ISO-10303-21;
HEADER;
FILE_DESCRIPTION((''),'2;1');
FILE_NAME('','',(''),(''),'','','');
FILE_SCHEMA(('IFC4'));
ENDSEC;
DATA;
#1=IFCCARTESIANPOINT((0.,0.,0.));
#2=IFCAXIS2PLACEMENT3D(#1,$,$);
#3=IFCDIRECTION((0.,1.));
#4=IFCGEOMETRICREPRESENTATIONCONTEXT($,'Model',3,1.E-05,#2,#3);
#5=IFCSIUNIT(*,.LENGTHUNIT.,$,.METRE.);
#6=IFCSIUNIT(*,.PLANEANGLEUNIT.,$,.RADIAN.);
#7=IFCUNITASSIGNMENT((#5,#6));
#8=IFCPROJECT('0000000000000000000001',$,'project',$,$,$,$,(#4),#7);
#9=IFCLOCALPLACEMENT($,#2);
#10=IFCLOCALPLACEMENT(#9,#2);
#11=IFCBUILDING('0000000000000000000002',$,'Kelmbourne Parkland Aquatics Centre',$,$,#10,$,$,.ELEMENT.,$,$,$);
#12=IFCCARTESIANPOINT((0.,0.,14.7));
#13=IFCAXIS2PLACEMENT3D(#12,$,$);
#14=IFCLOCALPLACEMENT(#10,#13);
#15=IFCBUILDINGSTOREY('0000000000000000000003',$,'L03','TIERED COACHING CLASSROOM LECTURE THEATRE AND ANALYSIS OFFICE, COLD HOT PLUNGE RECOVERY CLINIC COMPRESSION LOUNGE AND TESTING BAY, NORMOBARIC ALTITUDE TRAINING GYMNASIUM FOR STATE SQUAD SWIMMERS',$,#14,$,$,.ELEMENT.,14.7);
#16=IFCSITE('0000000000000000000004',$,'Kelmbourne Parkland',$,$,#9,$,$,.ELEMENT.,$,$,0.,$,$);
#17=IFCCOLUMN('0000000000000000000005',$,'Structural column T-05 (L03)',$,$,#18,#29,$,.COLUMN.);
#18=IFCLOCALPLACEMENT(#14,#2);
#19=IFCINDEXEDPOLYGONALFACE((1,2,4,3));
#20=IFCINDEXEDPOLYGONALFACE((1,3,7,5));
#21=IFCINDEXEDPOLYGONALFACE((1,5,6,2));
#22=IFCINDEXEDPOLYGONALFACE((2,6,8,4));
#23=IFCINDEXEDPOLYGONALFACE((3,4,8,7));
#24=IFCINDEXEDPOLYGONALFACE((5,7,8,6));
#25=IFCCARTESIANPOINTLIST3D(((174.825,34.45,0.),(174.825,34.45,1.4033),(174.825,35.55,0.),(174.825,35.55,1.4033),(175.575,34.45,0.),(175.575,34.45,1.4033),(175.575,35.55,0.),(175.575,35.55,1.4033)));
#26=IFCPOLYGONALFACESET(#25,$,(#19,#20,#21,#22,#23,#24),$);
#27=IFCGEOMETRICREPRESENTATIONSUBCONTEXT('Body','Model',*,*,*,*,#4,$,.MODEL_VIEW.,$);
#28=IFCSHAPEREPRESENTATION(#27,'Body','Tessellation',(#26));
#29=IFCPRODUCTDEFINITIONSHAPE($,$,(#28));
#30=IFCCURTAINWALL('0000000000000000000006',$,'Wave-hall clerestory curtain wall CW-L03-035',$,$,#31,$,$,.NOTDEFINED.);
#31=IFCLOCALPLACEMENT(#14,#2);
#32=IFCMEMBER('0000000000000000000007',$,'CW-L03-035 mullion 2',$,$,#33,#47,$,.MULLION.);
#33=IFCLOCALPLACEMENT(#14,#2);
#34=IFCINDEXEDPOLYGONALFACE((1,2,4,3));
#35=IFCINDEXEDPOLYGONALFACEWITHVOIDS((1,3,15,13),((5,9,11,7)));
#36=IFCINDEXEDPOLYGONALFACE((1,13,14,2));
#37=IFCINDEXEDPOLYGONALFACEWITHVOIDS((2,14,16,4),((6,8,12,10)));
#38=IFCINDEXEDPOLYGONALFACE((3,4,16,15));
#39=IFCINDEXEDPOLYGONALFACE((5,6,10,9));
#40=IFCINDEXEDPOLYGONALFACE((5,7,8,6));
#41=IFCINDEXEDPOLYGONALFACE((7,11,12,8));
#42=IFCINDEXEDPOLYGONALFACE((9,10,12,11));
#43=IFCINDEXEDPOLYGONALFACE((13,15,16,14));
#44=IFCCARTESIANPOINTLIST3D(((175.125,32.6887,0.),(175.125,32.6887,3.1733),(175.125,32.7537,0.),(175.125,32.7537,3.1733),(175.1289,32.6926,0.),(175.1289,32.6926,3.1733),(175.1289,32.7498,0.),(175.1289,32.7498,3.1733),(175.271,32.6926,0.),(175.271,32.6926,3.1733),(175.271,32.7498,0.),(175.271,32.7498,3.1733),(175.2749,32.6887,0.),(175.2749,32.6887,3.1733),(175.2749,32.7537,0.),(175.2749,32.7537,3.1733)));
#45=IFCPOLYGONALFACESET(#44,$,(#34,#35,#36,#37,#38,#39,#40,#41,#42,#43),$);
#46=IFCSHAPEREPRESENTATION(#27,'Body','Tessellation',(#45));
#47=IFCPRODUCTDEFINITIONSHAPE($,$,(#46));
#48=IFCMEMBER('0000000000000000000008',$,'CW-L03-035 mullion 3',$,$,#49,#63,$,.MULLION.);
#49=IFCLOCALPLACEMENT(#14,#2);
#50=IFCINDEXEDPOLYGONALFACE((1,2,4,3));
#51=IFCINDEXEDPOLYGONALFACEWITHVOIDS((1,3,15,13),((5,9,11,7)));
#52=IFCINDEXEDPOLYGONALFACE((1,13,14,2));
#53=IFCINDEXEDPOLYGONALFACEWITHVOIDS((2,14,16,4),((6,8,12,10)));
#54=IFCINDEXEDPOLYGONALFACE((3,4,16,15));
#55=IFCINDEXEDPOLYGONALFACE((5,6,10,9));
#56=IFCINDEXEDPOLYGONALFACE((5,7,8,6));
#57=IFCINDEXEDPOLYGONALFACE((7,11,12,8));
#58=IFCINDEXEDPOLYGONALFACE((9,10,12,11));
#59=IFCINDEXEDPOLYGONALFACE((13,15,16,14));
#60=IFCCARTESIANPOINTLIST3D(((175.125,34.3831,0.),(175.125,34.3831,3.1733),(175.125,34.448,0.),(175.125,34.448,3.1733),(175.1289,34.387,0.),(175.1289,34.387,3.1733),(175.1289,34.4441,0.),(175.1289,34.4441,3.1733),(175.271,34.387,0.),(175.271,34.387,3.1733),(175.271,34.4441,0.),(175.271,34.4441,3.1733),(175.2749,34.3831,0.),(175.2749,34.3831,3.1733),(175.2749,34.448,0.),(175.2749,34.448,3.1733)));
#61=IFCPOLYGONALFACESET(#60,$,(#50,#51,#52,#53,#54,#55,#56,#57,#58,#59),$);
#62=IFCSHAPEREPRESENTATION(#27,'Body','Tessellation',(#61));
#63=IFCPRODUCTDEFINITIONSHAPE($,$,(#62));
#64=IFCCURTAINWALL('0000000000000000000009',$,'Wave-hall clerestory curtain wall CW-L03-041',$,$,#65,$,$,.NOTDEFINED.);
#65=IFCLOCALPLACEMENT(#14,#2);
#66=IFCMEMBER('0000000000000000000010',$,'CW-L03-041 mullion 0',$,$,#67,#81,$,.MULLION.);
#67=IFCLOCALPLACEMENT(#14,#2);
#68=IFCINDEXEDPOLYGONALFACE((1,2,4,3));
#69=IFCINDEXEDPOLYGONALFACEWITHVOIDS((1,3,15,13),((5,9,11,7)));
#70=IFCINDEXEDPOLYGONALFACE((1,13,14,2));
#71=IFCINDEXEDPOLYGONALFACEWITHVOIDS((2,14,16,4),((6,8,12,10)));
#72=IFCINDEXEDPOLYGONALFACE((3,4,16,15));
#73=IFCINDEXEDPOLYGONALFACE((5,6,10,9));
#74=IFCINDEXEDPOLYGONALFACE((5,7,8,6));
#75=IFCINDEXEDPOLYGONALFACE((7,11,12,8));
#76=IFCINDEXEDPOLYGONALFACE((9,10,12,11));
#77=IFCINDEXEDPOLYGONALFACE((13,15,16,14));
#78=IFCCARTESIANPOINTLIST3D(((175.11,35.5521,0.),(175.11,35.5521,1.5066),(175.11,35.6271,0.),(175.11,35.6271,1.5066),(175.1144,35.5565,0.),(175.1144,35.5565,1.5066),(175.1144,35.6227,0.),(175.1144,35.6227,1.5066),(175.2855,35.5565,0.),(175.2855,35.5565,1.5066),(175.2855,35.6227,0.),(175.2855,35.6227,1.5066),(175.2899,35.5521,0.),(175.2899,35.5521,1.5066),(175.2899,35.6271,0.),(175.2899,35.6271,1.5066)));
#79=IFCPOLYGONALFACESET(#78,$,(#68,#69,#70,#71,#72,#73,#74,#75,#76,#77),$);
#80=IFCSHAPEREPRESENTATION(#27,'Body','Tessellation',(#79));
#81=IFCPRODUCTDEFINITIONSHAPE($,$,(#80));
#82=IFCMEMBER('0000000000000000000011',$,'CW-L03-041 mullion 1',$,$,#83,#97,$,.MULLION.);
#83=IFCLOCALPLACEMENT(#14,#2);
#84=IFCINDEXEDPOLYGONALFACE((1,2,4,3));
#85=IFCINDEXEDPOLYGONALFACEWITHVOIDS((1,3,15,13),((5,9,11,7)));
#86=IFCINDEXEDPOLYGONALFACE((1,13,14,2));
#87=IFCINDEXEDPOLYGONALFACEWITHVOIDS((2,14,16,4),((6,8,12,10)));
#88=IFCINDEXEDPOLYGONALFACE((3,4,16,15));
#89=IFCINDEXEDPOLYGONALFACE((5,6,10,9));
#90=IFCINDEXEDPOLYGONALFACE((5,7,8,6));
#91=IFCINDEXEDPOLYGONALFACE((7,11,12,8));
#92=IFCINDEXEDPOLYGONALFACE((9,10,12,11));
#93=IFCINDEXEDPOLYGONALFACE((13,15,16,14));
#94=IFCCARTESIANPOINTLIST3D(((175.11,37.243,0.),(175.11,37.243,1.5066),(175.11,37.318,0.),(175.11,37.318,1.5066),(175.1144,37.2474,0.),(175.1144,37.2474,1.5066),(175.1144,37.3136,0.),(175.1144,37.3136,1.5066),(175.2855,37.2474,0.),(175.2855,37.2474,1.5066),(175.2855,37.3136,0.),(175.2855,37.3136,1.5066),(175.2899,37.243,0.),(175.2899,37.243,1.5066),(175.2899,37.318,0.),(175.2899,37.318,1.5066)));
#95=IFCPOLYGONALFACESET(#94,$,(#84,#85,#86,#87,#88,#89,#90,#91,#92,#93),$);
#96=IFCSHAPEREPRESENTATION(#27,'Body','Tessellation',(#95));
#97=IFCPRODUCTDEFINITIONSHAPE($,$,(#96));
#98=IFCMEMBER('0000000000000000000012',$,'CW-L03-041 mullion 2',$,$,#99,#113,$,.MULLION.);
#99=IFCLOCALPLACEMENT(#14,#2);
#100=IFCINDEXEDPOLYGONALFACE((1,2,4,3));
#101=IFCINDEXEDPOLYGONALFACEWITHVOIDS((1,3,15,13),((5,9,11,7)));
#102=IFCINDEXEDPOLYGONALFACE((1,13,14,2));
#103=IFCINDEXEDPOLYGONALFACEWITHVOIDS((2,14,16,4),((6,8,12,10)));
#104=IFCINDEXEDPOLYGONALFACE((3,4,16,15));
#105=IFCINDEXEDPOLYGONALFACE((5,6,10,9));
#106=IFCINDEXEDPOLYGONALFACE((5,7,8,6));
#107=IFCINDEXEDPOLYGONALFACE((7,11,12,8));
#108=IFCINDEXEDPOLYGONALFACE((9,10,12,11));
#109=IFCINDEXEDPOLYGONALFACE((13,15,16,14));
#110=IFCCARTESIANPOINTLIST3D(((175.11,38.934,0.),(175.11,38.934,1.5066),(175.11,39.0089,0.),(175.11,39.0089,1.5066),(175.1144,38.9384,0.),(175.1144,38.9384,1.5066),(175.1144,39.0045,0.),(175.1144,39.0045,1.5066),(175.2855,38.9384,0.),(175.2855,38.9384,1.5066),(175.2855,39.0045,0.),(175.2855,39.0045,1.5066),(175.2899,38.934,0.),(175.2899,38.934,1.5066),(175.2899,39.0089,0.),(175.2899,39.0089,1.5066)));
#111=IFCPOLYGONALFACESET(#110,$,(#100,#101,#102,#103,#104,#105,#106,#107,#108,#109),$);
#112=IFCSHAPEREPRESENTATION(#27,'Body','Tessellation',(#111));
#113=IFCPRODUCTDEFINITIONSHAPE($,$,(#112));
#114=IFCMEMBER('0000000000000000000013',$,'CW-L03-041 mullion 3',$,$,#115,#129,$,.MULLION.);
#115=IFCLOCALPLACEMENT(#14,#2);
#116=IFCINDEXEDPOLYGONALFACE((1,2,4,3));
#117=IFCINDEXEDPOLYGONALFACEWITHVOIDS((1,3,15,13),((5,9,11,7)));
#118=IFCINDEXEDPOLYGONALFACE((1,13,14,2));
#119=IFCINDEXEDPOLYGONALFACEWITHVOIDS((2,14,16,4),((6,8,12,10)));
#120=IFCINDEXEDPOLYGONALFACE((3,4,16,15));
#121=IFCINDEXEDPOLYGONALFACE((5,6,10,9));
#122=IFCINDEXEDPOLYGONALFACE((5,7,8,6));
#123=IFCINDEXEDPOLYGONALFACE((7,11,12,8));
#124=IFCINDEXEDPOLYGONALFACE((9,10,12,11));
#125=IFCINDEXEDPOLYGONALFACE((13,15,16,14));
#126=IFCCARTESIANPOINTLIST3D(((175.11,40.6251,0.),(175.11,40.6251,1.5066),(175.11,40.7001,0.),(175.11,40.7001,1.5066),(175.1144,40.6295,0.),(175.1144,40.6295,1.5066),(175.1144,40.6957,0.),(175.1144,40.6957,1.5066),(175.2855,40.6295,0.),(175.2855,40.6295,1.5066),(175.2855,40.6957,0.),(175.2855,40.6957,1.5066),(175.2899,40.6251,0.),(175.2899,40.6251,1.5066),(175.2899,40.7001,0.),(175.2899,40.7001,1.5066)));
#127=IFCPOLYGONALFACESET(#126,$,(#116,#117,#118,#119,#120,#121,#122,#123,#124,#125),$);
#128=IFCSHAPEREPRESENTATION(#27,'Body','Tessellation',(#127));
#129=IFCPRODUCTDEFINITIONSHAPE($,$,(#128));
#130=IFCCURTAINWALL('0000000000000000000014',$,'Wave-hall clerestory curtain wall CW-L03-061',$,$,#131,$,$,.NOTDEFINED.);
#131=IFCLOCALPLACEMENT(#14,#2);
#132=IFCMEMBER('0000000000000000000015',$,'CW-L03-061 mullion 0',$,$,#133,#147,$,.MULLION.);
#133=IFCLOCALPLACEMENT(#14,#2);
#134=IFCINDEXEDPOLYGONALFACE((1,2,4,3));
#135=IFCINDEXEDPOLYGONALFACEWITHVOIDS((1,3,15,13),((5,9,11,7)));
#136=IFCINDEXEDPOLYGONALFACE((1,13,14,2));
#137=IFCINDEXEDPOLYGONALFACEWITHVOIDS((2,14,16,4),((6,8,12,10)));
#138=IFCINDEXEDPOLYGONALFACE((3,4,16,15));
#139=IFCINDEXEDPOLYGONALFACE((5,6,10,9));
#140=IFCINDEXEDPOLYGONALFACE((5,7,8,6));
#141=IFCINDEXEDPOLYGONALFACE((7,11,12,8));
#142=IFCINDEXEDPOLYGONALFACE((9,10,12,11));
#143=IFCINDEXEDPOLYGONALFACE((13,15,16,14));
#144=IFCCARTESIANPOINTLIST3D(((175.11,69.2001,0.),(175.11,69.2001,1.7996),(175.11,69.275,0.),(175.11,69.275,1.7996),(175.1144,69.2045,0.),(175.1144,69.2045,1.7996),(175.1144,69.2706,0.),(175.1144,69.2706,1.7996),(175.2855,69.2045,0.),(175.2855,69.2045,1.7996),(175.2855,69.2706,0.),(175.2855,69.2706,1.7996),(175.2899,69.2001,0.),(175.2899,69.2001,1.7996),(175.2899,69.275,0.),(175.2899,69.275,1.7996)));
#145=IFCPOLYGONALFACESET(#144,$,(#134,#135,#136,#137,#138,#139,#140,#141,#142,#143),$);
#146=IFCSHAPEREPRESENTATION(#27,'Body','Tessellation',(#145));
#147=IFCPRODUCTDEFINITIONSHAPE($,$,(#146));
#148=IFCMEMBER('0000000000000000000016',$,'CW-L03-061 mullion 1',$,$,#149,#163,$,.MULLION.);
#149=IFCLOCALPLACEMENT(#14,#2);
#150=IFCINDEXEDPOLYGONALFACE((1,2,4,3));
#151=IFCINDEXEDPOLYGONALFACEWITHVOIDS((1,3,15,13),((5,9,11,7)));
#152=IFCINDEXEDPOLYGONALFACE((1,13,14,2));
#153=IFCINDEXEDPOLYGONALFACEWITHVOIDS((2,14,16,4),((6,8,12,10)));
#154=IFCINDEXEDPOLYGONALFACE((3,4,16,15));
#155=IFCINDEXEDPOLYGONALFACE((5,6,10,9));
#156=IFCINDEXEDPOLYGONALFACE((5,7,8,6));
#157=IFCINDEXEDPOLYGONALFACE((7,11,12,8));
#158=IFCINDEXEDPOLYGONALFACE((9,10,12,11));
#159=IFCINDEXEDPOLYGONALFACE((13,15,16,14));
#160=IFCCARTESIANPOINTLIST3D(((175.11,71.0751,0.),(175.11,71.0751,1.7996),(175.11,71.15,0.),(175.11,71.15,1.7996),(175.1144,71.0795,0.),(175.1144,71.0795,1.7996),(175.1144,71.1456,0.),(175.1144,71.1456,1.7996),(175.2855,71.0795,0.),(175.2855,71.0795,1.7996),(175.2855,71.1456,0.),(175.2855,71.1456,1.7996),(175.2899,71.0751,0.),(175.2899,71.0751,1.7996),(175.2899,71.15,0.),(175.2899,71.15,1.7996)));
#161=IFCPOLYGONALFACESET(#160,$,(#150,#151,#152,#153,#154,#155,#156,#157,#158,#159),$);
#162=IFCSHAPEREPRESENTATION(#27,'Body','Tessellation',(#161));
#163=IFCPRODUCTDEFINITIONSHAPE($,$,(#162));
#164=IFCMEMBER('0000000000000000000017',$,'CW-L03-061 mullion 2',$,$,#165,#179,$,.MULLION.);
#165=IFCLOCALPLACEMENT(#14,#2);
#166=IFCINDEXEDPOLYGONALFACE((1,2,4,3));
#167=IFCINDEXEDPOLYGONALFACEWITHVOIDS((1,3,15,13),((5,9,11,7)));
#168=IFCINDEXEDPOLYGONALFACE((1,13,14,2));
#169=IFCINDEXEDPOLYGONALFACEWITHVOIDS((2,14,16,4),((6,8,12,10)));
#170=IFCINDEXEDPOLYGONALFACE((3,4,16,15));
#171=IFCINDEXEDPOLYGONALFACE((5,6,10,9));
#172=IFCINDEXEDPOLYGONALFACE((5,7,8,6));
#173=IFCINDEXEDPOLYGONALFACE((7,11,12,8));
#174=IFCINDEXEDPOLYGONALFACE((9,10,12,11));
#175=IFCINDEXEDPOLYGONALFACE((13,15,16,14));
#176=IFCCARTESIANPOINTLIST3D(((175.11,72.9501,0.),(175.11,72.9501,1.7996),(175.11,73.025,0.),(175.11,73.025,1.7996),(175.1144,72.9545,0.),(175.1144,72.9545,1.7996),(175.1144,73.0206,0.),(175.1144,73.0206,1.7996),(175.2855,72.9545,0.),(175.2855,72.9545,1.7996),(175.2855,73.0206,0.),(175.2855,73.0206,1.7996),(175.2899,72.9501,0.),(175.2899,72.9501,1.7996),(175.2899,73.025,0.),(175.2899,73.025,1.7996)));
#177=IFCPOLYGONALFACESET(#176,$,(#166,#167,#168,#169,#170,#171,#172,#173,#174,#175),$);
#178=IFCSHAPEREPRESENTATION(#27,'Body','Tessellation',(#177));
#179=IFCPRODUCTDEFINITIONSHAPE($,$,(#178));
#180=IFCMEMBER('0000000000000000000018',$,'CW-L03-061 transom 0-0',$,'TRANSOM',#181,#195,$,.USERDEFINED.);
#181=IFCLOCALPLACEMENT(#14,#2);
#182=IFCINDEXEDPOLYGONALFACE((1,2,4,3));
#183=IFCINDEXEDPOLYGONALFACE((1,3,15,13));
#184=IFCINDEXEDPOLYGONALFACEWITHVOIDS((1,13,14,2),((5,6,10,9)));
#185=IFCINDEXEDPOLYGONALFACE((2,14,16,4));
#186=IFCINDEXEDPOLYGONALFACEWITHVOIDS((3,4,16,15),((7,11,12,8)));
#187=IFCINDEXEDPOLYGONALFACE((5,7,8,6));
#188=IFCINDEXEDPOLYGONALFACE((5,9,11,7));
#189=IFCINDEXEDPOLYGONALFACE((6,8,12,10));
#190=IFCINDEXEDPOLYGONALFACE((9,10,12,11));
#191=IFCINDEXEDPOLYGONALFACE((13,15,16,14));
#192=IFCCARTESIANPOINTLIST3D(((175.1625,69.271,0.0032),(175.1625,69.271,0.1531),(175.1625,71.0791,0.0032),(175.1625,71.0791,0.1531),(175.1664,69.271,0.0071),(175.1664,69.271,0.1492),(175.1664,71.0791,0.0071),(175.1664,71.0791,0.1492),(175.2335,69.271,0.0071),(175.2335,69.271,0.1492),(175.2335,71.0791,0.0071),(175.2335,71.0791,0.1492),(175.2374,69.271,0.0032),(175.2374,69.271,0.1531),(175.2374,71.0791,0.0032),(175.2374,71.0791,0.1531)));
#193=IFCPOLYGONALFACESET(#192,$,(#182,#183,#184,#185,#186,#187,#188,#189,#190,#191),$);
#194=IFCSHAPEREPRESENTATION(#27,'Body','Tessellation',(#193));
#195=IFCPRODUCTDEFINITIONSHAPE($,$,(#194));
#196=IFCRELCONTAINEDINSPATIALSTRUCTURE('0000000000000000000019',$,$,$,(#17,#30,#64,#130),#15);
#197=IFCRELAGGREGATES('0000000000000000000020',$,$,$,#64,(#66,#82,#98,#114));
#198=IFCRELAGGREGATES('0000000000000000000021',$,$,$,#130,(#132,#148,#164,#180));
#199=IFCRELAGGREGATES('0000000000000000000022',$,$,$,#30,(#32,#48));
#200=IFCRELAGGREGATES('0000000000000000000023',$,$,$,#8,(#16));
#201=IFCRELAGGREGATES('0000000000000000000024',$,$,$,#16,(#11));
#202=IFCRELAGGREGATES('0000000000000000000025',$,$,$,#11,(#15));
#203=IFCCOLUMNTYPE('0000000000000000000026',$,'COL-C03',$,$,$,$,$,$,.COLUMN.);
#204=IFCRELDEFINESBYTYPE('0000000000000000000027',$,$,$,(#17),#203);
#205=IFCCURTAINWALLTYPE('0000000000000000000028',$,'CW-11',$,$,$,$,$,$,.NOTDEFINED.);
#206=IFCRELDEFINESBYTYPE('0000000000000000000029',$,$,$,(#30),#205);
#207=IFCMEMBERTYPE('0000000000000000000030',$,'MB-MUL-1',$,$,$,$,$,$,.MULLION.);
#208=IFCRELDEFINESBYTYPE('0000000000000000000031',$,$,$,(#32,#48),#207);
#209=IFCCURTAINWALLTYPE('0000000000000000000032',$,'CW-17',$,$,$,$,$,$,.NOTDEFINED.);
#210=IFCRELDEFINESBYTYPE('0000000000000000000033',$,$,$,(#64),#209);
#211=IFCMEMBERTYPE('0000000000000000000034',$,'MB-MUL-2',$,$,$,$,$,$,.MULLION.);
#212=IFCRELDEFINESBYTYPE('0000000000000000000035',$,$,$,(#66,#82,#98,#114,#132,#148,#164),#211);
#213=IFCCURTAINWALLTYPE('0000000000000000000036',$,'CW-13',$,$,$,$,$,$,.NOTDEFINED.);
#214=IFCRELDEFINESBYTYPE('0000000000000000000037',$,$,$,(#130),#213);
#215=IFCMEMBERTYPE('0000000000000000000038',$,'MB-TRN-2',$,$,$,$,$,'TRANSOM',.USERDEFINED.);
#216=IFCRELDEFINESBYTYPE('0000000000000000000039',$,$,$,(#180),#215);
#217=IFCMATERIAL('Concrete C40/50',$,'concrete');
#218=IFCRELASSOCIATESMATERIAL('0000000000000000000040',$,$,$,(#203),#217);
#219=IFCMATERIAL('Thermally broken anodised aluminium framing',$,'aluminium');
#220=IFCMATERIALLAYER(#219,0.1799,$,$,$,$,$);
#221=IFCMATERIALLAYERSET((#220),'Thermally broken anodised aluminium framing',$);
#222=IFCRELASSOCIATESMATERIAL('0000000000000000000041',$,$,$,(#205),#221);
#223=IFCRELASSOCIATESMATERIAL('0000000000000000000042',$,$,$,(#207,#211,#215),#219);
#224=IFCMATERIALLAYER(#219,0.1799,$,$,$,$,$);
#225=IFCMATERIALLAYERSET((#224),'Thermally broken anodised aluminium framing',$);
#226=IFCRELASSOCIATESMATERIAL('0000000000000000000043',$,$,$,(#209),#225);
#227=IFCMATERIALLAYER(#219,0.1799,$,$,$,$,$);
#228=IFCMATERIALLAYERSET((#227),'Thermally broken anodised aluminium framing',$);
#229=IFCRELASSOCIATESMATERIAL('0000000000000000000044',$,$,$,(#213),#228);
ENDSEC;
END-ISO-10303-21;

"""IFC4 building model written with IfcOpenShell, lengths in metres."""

from ifc_helpers import new_model, si_unit, direction, frame, origin, origin_2d, place, context, subcontext, project, spatial, rectangle, hollow_rectangle, extrude, material, layer, layer_set, material_profile, profile_set, type_object, element, aggregate, save


model = new_model("IFC4")

# Units and contexts
model_context = context("Model", 3, precision=1e-05, world=origin(), true_north=direction((0.0, 1.0)))
body_context = subcontext(model_context, "Body", "Model", "MODEL_VIEW")
ifc_project = project(units=[si_unit("LENGTHUNIT", "METRE"), si_unit("PLANEANGLEUNIT", "RADIAN")], contexts=[model_context])

# Site, building, storey
site_placement = place(None, origin())
site = spatial("IfcSite", under=ifc_project, at=site_placement, Name="Kelmbourne Parkland", CompositionType="ELEMENT", RefElevation=0.0)
building_placement = place(site_placement, origin())
building = spatial("IfcBuilding", under=site, at=building_placement, Name="Kelmbourne Parkland Aquatics Centre", CompositionType="ELEMENT")
storey_placement = place(building_placement, frame((0.0, 0.0, 14.7)))
storey = spatial("IfcBuildingStorey", under=building, at=storey_placement, Name="L03", Description="TIERED COACHING CLASSROOM LECTURE THEATRE AND ANALYSIS OFFICE, COLD HOT PLUNGE RECOVERY CLINIC COMPRESSION LOUNGE AND TESTING BAY, NORMOBARIC ALTITUDE TRAINING GYMNASIUM FOR STATE SQUAD SWIMMERS", CompositionType="ELEMENT", Elevation=14.7)

# Column
ifc_material_1 = material(Name="Concrete C40/50", Category="concrete")
ifc_material_profile_1 = material_profile(ifc_material_1, rectangle(XDim=0.75, YDim=1.1001, at=origin_2d()), Name="RC 750x1100")
ifc_profile_set_1 = profile_set([ifc_material_profile_1], Name="Concrete C40/50")
column_type = type_object("IfcColumnType", Name="COL-C03", PredefinedType="COLUMN", material=ifc_profile_set_1)
column_placement = place(storey_placement, frame((175.2, 35.0, 0.0), z_axis=(0.0, 0.0, 1.0), x_axis=(1.0, 0.0, 0.0)))
element("IfcColumn", 1, at=column_placement, inside=storey, type_object=column_type, Name="Structural column T-05 (L03)", PredefinedType="COLUMN", context=body_context, shape_type="SweptSolid", body=[
    extrude(rectangle(XDim=0.75, YDim=1.1001, at=origin_2d()), origin(), (0.0, 0.0, 1.0), 1.4033),
])

# Curtain walls, members
ifc_material_2 = material(Name="Thermally broken anodised aluminium framing", Category="aluminium")
ifc_layer_1 = layer(ifc_material_2, 0.1799)
ifc_layer_set_1 = layer_set([ifc_layer_1], Name="Thermally broken anodised aluminium framing")
curtain_wall_type_1 = type_object("IfcCurtainWallType", Name="CW-11", PredefinedType="NOTDEFINED", material=ifc_layer_set_1)
curtain_wall_1_placement = place(storey_placement, origin())
curtain_wall_1 = element("IfcCurtainWall", 2, at=curtain_wall_1_placement, inside=storey, type_object=curtain_wall_type_1, Name="Wave-hall clerestory curtain wall CW-L03-035", PredefinedType="NOTDEFINED")
ifc_material_profile_2 = material_profile(ifc_material_2, hollow_rectangle(XDim=0.0649, YDim=0.1499, WallThickness=0.0039, at=origin_2d()), Name="CW-M 65x150")
ifc_profile_set_2 = profile_set([ifc_material_profile_2], Name="Thermally broken anodised aluminium framing")
member_type_1 = type_object("IfcMemberType", Name="MB-MUL-1", PredefinedType="MULLION", material=ifc_profile_set_2)
member_1_placement = place(storey_placement, frame((175.2, 32.7212, 0.0), z_axis=(0.0, 0.0, 1.0), x_axis=(0.0, 1.0, 0.0)))
member_1 = element("IfcMember", 3, at=member_1_placement, type_object=member_type_1, Name="CW-L03-035 mullion 2", PredefinedType="MULLION", context=body_context, shape_type="SweptSolid", body=[
    extrude(hollow_rectangle(XDim=0.0649, YDim=0.1499, WallThickness=0.0039, at=origin_2d()), origin(), (0.0, 0.0, 1.0), 3.1733),
])
member_2_placement = place(storey_placement, frame((175.2, 34.4155, 0.0), z_axis=(0.0, 0.0, 1.0), x_axis=(0.0, 1.0, 0.0)))
member_2 = element("IfcMember", 4, at=member_2_placement, type_object=member_type_1, Name="CW-L03-035 mullion 3", PredefinedType="MULLION", context=body_context, shape_type="SweptSolid", body=[
    extrude(hollow_rectangle(XDim=0.0649, YDim=0.1499, WallThickness=0.0039, at=origin_2d()), origin(), (0.0, 0.0, 1.0), 3.1733),
])
ifc_layer_2 = layer(ifc_material_2, 0.1799)
ifc_layer_set_2 = layer_set([ifc_layer_2], Name="Thermally broken anodised aluminium framing")
curtain_wall_type_2 = type_object("IfcCurtainWallType", Name="CW-17", PredefinedType="NOTDEFINED", material=ifc_layer_set_2)
curtain_wall_2_placement = place(storey_placement, origin())
curtain_wall_2 = element("IfcCurtainWall", 5, at=curtain_wall_2_placement, inside=storey, type_object=curtain_wall_type_2, Name="Wave-hall clerestory curtain wall CW-L03-041", PredefinedType="NOTDEFINED")
ifc_material_profile_3 = material_profile(ifc_material_2, hollow_rectangle(XDim=0.075, YDim=0.1799, WallThickness=0.0044, at=origin_2d()), Name="CW-M 75x180")
ifc_profile_set_3 = profile_set([ifc_material_profile_3], Name="Thermally broken anodised aluminium framing")
member_type_2 = type_object("IfcMemberType", Name="MB-MUL-2", PredefinedType="MULLION", material=ifc_profile_set_3)
member_3_placement = place(storey_placement, frame((175.2, 35.5896, 0.0), z_axis=(0.0, 0.0, 1.0), x_axis=(0.0, 1.0, 0.0)))
member_3 = element("IfcMember", 6, at=member_3_placement, type_object=member_type_2, Name="CW-L03-041 mullion 0", PredefinedType="MULLION", context=body_context, shape_type="SweptSolid", body=[
    extrude(hollow_rectangle(XDim=0.075, YDim=0.1799, WallThickness=0.0044, at=origin_2d()), origin(), (0.0, 0.0, 1.0), 1.5066),
])
member_4_placement = place(storey_placement, frame((175.2, 37.2805, 0.0), z_axis=(0.0, 0.0, 1.0), x_axis=(0.0, 1.0, 0.0)))
member_4 = element("IfcMember", 7, at=member_4_placement, type_object=member_type_2, Name="CW-L03-041 mullion 1", PredefinedType="MULLION", context=body_context, shape_type="SweptSolid", body=[
    extrude(hollow_rectangle(XDim=0.075, YDim=0.1799, WallThickness=0.0044, at=origin_2d()), origin(), (0.0, 0.0, 1.0), 1.5066),
])
member_5_placement = place(storey_placement, frame((175.2, 38.9714, 0.0), z_axis=(0.0, 0.0, 1.0), x_axis=(0.0, 1.0, 0.0)))
member_5 = element("IfcMember", 8, at=member_5_placement, type_object=member_type_2, Name="CW-L03-041 mullion 2", PredefinedType="MULLION", context=body_context, shape_type="SweptSolid", body=[
    extrude(hollow_rectangle(XDim=0.075, YDim=0.1799, WallThickness=0.0044, at=origin_2d()), origin(), (0.0, 0.0, 1.0), 1.5066),
])
member_6_placement = place(storey_placement, frame((175.2, 40.6626, 0.0), z_axis=(0.0, 0.0, 1.0), x_axis=(0.0, 1.0, 0.0)))
member_6 = element("IfcMember", 9, at=member_6_placement, type_object=member_type_2, Name="CW-L03-041 mullion 3", PredefinedType="MULLION", context=body_context, shape_type="SweptSolid", body=[
    extrude(hollow_rectangle(XDim=0.075, YDim=0.1799, WallThickness=0.0044, at=origin_2d()), origin(), (0.0, 0.0, 1.0), 1.5066),
])
ifc_layer_3 = layer(ifc_material_2, 0.1799)
ifc_layer_set_3 = layer_set([ifc_layer_3], Name="Thermally broken anodised aluminium framing")
curtain_wall_type_3 = type_object("IfcCurtainWallType", Name="CW-13", PredefinedType="NOTDEFINED", material=ifc_layer_set_3)
curtain_wall_3_placement = place(storey_placement, origin())
curtain_wall_3 = element("IfcCurtainWall", 10, at=curtain_wall_3_placement, inside=storey, type_object=curtain_wall_type_3, Name="Wave-hall clerestory curtain wall CW-L03-061", PredefinedType="NOTDEFINED")
member_7_placement = place(storey_placement, frame((175.2, 69.2375, 0.0), z_axis=(0.0, 0.0, 1.0), x_axis=(0.0, 1.0, 0.0)))
member_7 = element("IfcMember", 11, at=member_7_placement, type_object=member_type_2, Name="CW-L03-061 mullion 0", PredefinedType="MULLION", context=body_context, shape_type="SweptSolid", body=[
    extrude(hollow_rectangle(XDim=0.075, YDim=0.1799, WallThickness=0.0044, at=origin_2d()), origin(), (0.0, 0.0, 1.0), 1.7996),
])
member_8_placement = place(storey_placement, frame((175.2, 71.1125, 0.0), z_axis=(0.0, 0.0, 1.0), x_axis=(0.0, 1.0, 0.0)))
member_8 = element("IfcMember", 12, at=member_8_placement, type_object=member_type_2, Name="CW-L03-061 mullion 1", PredefinedType="MULLION", context=body_context, shape_type="SweptSolid", body=[
    extrude(hollow_rectangle(XDim=0.075, YDim=0.1799, WallThickness=0.0044, at=origin_2d()), origin(), (0.0, 0.0, 1.0), 1.7996),
])
member_9_placement = place(storey_placement, frame((175.2, 72.9875, 0.0), z_axis=(0.0, 0.0, 1.0), x_axis=(0.0, 1.0, 0.0)))
member_9 = element("IfcMember", 13, at=member_9_placement, type_object=member_type_2, Name="CW-L03-061 mullion 2", PredefinedType="MULLION", context=body_context, shape_type="SweptSolid", body=[
    extrude(hollow_rectangle(XDim=0.075, YDim=0.1799, WallThickness=0.0044, at=origin_2d()), origin(), (0.0, 0.0, 1.0), 1.7996),
])
ifc_material_profile_4 = material_profile(ifc_material_2, hollow_rectangle(XDim=0.075, YDim=0.1499, WallThickness=0.0039, at=origin_2d()), Name="CW-T 75x150")
ifc_profile_set_4 = profile_set([ifc_material_profile_4], Name="Thermally broken anodised aluminium framing")
member_type_3 = type_object("IfcMemberType", Name="MB-TRN-2", ElementType="TRANSOM", PredefinedType="USERDEFINED", material=ifc_profile_set_4)
member_10_placement = place(storey_placement, frame((175.2, 69.271, 0.0781), z_axis=(0.0, 1.0, 0.0), x_axis=(-1.0, 0.0, 0.0)))
member_10 = element("IfcMember", 14, at=member_10_placement, type_object=member_type_3, Name="CW-L03-061 transom 0-0", ObjectType="TRANSOM", PredefinedType="USERDEFINED", context=body_context, shape_type="SweptSolid", body=[
    extrude(hollow_rectangle(XDim=0.075, YDim=0.1499, WallThickness=0.0039, at=origin_2d()), origin(), (0.0, 0.0, 1.0), 1.8081),
])

aggregate(curtain_wall_2, [member_3, member_4, member_5, member_6])
aggregate(curtain_wall_3, [member_7, member_8, member_9, member_10])
aggregate(curtain_wall_1, [member_1, member_2])

save(model, "model.ifc")
